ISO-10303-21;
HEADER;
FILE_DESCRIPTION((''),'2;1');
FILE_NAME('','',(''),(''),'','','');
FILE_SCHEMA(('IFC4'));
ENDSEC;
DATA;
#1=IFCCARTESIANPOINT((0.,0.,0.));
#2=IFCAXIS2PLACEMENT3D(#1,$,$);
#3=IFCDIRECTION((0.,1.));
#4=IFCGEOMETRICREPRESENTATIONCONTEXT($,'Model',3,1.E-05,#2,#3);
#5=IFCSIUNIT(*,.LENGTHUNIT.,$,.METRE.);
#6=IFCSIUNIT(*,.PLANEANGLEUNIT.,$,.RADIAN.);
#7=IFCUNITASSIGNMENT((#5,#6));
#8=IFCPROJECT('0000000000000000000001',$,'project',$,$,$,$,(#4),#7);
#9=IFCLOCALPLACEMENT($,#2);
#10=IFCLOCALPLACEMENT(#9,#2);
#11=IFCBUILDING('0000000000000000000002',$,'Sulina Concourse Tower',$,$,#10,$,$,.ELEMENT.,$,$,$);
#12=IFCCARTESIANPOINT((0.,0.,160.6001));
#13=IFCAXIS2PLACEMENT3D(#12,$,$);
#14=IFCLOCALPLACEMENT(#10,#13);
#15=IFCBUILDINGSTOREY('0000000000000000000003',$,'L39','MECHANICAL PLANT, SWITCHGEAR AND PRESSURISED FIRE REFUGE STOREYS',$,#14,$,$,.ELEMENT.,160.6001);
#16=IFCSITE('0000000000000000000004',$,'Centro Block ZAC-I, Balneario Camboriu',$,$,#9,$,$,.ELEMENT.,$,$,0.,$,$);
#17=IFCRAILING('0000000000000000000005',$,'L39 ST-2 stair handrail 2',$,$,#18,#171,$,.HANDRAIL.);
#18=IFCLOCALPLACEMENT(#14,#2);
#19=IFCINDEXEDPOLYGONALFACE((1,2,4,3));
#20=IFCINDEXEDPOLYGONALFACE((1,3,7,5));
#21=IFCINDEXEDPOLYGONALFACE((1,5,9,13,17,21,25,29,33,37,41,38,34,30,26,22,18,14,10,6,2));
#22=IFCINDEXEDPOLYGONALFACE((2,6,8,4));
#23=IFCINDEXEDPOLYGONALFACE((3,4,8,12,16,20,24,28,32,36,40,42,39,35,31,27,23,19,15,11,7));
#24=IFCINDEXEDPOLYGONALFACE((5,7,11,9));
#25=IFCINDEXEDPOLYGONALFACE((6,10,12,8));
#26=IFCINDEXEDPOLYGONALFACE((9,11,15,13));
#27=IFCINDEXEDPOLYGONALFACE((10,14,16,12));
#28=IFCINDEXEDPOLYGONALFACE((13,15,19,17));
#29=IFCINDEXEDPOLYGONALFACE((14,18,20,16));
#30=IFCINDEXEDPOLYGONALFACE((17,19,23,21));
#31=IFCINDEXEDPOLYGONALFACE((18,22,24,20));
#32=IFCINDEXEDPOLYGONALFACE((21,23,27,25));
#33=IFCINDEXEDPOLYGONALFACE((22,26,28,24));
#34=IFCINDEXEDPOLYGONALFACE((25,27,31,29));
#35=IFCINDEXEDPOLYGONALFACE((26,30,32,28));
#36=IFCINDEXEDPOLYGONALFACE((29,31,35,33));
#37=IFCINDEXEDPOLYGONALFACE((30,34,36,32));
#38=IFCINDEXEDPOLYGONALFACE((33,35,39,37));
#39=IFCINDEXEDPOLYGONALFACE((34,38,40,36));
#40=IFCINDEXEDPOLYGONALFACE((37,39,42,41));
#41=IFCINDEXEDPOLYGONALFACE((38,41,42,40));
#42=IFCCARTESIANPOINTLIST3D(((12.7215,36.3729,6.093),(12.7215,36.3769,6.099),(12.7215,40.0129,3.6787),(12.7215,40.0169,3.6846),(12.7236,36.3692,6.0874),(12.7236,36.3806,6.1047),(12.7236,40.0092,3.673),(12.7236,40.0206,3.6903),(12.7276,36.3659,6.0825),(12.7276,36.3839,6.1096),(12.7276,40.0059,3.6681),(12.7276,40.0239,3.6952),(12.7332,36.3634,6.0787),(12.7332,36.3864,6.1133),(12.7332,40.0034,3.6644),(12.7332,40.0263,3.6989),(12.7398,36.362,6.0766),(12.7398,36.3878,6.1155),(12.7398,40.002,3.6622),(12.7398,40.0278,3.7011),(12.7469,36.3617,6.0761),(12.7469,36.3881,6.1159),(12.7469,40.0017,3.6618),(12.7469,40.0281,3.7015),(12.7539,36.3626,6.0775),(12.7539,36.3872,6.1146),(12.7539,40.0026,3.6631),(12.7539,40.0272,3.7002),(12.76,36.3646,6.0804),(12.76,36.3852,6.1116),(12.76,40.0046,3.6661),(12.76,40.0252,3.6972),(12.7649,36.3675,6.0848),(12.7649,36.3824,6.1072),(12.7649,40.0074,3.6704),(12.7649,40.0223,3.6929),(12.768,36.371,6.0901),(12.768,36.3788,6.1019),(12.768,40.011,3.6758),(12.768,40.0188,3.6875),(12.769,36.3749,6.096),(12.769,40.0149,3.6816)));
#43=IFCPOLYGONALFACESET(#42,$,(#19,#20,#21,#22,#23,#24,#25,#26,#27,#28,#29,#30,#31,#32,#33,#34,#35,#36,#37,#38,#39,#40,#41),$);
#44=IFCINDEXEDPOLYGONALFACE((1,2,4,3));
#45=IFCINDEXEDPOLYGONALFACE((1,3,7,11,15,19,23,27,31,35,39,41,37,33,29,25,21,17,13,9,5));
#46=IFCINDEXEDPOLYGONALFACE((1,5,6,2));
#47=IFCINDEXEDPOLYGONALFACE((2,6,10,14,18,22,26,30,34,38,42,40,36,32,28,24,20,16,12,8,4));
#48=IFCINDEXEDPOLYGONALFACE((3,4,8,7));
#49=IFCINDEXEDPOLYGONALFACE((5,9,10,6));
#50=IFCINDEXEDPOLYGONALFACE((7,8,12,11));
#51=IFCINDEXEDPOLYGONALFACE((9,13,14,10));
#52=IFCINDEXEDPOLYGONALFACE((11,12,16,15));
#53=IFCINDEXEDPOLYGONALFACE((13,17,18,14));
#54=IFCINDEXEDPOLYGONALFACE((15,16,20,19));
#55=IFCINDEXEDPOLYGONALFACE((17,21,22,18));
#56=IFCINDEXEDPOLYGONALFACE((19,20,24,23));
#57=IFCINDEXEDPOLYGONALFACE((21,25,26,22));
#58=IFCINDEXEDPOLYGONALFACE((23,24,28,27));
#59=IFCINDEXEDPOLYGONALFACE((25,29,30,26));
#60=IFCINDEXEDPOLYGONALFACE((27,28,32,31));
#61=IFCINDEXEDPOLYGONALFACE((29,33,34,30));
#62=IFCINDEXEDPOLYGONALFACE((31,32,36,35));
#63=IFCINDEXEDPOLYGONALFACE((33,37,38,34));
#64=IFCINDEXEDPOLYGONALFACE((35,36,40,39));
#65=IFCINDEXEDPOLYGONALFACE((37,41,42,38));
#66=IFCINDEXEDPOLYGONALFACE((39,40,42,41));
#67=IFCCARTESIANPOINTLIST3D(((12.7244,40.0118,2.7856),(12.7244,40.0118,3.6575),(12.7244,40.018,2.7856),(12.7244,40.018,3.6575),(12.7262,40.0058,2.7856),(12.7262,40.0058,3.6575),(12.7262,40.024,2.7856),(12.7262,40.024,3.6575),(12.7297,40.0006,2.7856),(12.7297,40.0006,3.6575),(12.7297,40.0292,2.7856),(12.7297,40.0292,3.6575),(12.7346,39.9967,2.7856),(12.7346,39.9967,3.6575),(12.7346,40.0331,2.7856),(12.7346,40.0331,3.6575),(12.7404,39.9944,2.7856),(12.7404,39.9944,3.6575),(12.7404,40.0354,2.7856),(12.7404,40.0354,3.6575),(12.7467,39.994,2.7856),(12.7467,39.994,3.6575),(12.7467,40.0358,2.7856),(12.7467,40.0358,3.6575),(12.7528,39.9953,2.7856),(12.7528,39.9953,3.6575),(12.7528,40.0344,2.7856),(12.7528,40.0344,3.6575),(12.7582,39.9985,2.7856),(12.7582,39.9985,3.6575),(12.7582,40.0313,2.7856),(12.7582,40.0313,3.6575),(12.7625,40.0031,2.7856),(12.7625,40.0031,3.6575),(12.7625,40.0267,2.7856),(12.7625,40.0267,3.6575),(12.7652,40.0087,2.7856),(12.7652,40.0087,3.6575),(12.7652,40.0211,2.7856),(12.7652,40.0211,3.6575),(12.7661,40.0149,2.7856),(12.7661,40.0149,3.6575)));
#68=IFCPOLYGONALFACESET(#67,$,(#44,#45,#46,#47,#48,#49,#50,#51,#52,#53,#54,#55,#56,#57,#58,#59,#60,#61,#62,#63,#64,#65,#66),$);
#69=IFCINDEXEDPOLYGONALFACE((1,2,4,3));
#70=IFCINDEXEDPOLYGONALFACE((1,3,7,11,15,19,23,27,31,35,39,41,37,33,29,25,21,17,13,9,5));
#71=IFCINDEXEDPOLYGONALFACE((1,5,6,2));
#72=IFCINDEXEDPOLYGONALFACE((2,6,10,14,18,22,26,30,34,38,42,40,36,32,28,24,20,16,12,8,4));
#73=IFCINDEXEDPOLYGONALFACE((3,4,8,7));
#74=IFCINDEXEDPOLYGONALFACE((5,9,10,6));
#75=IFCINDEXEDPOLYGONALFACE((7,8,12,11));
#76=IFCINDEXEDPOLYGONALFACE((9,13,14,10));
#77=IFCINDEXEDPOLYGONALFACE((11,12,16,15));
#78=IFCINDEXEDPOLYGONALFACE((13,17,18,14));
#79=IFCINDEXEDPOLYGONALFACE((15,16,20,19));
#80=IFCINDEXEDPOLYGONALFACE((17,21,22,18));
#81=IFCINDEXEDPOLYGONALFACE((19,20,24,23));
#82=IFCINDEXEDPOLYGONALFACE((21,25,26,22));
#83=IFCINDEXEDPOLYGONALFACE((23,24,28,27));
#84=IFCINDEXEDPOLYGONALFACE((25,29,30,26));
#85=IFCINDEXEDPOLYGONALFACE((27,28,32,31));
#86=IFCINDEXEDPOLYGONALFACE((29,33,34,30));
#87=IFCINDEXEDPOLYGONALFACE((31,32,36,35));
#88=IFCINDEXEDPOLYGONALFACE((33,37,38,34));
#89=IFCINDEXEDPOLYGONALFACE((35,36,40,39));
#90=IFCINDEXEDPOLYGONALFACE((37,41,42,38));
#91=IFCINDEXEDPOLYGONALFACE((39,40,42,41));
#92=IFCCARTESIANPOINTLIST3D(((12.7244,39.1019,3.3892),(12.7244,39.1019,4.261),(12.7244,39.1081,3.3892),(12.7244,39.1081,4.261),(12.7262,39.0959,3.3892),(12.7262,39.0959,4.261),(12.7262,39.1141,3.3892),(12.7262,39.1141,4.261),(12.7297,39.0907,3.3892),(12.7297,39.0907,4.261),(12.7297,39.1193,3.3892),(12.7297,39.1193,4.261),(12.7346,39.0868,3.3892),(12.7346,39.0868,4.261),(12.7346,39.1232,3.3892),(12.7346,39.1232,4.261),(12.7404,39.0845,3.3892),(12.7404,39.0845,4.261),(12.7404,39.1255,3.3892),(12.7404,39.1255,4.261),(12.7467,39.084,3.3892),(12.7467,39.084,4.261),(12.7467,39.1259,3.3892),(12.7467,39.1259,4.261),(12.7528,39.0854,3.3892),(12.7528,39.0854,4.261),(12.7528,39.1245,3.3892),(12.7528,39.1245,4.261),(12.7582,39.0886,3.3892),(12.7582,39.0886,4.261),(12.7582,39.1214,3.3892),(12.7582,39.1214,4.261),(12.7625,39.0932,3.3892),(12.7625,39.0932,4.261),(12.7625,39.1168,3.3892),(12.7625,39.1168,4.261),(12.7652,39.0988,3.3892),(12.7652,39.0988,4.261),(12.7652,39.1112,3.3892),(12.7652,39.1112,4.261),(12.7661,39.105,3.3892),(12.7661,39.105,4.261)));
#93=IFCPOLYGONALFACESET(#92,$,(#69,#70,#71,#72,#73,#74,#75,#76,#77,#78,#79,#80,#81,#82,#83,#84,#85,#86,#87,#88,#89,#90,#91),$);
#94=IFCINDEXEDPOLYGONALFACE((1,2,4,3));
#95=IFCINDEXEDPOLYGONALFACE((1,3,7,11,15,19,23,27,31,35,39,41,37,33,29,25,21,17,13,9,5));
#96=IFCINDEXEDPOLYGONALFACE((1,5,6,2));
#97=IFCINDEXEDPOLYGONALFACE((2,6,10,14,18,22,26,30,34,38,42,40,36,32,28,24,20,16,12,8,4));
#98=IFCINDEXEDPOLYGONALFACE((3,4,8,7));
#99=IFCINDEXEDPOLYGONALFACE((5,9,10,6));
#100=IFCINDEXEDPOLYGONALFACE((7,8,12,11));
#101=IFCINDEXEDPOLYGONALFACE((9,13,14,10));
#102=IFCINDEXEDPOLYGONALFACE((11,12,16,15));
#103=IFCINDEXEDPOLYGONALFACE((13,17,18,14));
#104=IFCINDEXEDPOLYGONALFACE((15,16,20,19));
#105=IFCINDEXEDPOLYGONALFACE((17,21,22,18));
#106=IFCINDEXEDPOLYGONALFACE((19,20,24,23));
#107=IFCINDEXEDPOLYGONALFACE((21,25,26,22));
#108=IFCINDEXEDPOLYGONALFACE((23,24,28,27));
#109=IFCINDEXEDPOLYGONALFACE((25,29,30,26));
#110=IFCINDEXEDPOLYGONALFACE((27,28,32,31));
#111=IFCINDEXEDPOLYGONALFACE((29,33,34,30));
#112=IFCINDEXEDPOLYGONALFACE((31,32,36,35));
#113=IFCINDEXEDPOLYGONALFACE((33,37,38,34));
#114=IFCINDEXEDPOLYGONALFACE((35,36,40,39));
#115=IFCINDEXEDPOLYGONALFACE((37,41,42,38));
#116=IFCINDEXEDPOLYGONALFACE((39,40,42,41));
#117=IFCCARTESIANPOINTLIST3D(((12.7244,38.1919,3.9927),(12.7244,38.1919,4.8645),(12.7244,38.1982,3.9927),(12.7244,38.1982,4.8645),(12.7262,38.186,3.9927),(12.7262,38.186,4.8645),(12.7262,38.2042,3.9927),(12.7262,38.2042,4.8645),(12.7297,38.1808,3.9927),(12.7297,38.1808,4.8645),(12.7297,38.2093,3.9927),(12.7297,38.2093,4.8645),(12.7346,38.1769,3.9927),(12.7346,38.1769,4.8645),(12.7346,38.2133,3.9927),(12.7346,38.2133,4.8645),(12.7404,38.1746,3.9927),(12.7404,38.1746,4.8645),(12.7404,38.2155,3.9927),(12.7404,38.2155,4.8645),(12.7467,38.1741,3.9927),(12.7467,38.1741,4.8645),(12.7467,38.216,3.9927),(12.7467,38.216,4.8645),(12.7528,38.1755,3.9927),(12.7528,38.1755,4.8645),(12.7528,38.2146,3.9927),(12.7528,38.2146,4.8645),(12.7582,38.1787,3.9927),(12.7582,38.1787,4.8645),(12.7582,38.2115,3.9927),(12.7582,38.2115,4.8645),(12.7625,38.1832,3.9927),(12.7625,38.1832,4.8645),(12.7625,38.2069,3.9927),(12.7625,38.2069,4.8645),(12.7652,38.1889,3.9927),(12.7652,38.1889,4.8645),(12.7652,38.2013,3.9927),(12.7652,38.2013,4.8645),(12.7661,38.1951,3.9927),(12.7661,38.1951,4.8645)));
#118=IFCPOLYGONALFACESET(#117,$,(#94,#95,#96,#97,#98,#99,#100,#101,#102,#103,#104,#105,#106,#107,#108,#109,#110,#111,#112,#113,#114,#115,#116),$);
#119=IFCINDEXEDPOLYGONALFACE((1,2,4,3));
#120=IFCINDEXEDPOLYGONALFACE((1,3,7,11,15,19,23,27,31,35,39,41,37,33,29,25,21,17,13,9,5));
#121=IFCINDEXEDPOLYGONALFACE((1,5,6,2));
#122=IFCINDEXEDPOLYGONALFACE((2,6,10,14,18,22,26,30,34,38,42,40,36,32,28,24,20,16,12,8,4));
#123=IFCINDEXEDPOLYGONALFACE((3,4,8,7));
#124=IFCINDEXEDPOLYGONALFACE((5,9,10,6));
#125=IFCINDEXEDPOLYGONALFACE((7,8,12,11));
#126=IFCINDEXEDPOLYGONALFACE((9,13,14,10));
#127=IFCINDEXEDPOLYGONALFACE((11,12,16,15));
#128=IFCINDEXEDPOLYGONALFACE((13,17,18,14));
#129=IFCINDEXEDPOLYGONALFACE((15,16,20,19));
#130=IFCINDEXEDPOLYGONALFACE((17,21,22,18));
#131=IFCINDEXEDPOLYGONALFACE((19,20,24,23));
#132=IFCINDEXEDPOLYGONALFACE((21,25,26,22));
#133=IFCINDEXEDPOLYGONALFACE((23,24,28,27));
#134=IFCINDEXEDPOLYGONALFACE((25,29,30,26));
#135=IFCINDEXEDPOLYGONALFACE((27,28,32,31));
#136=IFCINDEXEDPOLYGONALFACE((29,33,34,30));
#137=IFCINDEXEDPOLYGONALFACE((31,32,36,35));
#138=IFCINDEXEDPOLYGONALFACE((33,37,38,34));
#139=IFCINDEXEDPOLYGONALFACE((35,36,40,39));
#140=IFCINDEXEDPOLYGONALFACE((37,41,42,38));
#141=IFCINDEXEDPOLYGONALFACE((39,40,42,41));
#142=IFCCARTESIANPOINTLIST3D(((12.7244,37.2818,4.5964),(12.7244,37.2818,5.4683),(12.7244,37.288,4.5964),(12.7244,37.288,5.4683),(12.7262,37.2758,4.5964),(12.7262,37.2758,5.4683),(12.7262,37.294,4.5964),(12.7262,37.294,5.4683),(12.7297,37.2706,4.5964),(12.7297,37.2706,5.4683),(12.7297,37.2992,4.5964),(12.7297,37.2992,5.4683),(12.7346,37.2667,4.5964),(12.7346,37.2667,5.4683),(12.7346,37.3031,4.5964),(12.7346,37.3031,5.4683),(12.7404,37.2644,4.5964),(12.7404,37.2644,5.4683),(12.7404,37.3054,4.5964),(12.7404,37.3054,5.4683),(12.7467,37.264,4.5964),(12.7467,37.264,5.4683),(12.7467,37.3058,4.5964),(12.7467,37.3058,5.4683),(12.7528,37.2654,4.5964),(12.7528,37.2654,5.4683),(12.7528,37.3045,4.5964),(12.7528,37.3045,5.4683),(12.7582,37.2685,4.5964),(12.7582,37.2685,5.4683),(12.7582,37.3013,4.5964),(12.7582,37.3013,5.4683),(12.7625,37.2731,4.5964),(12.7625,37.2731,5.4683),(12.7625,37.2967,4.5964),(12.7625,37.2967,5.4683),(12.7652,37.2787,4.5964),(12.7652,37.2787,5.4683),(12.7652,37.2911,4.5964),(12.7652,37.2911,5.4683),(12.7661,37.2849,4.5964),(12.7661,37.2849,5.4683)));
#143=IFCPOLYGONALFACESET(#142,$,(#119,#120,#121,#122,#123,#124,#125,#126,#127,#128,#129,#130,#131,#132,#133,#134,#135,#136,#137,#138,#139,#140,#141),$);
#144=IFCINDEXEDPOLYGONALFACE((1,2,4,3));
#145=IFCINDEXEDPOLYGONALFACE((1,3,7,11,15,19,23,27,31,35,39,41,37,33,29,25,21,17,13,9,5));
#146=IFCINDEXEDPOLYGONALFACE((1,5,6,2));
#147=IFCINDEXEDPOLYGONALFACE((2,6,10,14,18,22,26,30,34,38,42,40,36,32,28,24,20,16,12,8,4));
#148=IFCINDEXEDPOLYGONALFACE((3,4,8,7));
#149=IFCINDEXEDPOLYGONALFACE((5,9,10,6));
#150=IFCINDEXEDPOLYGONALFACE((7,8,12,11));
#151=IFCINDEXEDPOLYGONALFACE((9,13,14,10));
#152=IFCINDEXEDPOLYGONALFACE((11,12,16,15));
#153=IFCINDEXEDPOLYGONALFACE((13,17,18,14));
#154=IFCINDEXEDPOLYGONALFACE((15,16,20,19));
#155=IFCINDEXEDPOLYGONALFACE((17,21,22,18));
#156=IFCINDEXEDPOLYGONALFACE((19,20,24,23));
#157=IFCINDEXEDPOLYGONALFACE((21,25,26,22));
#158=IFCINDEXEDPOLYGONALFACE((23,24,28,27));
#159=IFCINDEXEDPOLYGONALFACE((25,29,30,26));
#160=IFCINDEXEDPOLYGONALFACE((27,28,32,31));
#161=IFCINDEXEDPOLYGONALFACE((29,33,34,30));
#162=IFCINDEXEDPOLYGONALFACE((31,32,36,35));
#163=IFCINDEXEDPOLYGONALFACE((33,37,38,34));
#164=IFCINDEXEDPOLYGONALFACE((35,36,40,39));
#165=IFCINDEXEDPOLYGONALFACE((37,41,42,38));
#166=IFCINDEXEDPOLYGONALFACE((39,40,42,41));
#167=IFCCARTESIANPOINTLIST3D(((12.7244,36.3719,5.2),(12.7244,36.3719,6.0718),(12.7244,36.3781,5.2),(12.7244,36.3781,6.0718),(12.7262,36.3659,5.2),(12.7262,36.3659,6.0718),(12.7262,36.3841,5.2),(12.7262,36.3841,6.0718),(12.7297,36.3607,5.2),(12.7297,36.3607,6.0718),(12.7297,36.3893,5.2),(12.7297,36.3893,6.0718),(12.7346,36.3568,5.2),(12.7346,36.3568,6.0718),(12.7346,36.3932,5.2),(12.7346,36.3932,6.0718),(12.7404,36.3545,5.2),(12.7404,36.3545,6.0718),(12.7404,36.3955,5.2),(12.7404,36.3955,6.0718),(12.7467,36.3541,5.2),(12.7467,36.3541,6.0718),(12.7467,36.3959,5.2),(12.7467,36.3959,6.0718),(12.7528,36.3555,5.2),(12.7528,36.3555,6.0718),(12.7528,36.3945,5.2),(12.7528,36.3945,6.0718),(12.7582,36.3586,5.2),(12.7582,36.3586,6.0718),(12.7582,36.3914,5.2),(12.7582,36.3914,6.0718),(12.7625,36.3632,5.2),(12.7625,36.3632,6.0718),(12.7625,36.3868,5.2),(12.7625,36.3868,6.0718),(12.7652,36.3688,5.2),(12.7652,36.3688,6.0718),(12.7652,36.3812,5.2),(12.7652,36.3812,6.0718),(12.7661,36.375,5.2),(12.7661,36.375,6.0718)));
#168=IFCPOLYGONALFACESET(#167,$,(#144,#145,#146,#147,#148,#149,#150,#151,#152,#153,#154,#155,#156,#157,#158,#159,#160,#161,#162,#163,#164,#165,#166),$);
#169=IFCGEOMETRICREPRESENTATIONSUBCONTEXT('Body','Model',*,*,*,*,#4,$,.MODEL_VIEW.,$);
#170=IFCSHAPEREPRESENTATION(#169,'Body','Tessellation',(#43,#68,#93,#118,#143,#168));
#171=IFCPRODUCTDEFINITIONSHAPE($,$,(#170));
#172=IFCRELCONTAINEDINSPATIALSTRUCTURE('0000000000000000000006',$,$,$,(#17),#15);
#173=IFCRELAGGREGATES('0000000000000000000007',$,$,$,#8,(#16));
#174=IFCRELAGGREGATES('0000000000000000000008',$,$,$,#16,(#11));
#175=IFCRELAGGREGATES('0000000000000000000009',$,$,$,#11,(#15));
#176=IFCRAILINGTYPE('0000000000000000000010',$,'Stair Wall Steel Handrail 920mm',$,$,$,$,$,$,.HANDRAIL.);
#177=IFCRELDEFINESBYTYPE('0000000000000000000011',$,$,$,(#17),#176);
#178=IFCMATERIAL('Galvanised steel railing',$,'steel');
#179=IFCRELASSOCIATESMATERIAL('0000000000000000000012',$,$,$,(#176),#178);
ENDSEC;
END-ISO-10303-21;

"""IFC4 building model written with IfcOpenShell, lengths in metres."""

from ifc_helpers import new_model, si_unit, direction, frame, origin, origin_2d, place, context, subcontext, project, spatial, circle, extrude, material, type_object, element, save


model = new_model("IFC4")

# Units and contexts
model_context = context("Model", 3, precision=1e-05, world=origin(), true_north=direction((0.0, 1.0)))
body_context = subcontext(model_context, "Body", "Model", "MODEL_VIEW")
ifc_project = project(units=[si_unit("LENGTHUNIT", "METRE"), si_unit("PLANEANGLEUNIT", "RADIAN")], contexts=[model_context])

# Site, building, storey
site_placement = place(None, origin())
site = spatial("IfcSite", under=ifc_project, at=site_placement, Name="Centro Block ZAC-I, Balneario Camboriu", CompositionType="ELEMENT", RefElevation=0.0)
building_placement = place(site_placement, origin())
building = spatial("IfcBuilding", under=site, at=building_placement, Name="Sulina Concourse Tower", CompositionType="ELEMENT")
storey_placement = place(building_placement, frame((0.0, 0.0, 160.6001)))
storey = spatial("IfcBuildingStorey", under=building, at=storey_placement, Name="L39", Description="MECHANICAL PLANT, SWITCHGEAR AND PRESSURISED FIRE REFUGE STOREYS", CompositionType="ELEMENT", Elevation=160.6001)

# Railing
ifc_material_1 = material(Name="Galvanised steel railing", Category="steel")
railing_type_1 = type_object("IfcRailingType", Name="Stair Wall Steel Handrail 920mm", PredefinedType="HANDRAIL", material=ifc_material_1)
railing_1_placement = place(storey_placement, frame((12.7451, 40.0149, 2.7856)))
element("IfcRailing", 1, at=railing_1_placement, inside=storey, type_object=railing_type_1, Name="L39 ST-2 stair handrail 2", PredefinedType="HANDRAIL", context=body_context, shape_type="SweptSolid", body=[
    extrude(circle(Radius=0.0239, at=origin_2d()), frame((0.0, 0.0, 0.896), z_axis=(0.0, -0.833347, 0.552751), x_axis=(1.0, 0.0, 0.0)), (0.0, 0.0, 1.0), 4.3679),
    extrude(circle(Radius=0.021, at=origin_2d()), origin(), (0.0, 0.0, 1.0), 0.8718),
    extrude(circle(Radius=0.021, at=origin_2d()), frame((0.0, -0.9099, 0.6035)), (0.0, 0.0, 1.0), 0.8718),
    extrude(circle(Radius=0.021, at=origin_2d()), frame((0.0, -1.8198, 1.207)), (0.0, 0.0, 1.0), 0.8718),
    extrude(circle(Radius=0.021, at=origin_2d()), frame((0.0, -2.73, 1.8108)), (0.0, 0.0, 1.0), 0.8718),
    extrude(circle(Radius=0.021, at=origin_2d()), frame((0.0, -3.6399, 2.4143)), (0.0, 0.0, 1.0), 0.8718),
])

save(model, "model.ifc")
